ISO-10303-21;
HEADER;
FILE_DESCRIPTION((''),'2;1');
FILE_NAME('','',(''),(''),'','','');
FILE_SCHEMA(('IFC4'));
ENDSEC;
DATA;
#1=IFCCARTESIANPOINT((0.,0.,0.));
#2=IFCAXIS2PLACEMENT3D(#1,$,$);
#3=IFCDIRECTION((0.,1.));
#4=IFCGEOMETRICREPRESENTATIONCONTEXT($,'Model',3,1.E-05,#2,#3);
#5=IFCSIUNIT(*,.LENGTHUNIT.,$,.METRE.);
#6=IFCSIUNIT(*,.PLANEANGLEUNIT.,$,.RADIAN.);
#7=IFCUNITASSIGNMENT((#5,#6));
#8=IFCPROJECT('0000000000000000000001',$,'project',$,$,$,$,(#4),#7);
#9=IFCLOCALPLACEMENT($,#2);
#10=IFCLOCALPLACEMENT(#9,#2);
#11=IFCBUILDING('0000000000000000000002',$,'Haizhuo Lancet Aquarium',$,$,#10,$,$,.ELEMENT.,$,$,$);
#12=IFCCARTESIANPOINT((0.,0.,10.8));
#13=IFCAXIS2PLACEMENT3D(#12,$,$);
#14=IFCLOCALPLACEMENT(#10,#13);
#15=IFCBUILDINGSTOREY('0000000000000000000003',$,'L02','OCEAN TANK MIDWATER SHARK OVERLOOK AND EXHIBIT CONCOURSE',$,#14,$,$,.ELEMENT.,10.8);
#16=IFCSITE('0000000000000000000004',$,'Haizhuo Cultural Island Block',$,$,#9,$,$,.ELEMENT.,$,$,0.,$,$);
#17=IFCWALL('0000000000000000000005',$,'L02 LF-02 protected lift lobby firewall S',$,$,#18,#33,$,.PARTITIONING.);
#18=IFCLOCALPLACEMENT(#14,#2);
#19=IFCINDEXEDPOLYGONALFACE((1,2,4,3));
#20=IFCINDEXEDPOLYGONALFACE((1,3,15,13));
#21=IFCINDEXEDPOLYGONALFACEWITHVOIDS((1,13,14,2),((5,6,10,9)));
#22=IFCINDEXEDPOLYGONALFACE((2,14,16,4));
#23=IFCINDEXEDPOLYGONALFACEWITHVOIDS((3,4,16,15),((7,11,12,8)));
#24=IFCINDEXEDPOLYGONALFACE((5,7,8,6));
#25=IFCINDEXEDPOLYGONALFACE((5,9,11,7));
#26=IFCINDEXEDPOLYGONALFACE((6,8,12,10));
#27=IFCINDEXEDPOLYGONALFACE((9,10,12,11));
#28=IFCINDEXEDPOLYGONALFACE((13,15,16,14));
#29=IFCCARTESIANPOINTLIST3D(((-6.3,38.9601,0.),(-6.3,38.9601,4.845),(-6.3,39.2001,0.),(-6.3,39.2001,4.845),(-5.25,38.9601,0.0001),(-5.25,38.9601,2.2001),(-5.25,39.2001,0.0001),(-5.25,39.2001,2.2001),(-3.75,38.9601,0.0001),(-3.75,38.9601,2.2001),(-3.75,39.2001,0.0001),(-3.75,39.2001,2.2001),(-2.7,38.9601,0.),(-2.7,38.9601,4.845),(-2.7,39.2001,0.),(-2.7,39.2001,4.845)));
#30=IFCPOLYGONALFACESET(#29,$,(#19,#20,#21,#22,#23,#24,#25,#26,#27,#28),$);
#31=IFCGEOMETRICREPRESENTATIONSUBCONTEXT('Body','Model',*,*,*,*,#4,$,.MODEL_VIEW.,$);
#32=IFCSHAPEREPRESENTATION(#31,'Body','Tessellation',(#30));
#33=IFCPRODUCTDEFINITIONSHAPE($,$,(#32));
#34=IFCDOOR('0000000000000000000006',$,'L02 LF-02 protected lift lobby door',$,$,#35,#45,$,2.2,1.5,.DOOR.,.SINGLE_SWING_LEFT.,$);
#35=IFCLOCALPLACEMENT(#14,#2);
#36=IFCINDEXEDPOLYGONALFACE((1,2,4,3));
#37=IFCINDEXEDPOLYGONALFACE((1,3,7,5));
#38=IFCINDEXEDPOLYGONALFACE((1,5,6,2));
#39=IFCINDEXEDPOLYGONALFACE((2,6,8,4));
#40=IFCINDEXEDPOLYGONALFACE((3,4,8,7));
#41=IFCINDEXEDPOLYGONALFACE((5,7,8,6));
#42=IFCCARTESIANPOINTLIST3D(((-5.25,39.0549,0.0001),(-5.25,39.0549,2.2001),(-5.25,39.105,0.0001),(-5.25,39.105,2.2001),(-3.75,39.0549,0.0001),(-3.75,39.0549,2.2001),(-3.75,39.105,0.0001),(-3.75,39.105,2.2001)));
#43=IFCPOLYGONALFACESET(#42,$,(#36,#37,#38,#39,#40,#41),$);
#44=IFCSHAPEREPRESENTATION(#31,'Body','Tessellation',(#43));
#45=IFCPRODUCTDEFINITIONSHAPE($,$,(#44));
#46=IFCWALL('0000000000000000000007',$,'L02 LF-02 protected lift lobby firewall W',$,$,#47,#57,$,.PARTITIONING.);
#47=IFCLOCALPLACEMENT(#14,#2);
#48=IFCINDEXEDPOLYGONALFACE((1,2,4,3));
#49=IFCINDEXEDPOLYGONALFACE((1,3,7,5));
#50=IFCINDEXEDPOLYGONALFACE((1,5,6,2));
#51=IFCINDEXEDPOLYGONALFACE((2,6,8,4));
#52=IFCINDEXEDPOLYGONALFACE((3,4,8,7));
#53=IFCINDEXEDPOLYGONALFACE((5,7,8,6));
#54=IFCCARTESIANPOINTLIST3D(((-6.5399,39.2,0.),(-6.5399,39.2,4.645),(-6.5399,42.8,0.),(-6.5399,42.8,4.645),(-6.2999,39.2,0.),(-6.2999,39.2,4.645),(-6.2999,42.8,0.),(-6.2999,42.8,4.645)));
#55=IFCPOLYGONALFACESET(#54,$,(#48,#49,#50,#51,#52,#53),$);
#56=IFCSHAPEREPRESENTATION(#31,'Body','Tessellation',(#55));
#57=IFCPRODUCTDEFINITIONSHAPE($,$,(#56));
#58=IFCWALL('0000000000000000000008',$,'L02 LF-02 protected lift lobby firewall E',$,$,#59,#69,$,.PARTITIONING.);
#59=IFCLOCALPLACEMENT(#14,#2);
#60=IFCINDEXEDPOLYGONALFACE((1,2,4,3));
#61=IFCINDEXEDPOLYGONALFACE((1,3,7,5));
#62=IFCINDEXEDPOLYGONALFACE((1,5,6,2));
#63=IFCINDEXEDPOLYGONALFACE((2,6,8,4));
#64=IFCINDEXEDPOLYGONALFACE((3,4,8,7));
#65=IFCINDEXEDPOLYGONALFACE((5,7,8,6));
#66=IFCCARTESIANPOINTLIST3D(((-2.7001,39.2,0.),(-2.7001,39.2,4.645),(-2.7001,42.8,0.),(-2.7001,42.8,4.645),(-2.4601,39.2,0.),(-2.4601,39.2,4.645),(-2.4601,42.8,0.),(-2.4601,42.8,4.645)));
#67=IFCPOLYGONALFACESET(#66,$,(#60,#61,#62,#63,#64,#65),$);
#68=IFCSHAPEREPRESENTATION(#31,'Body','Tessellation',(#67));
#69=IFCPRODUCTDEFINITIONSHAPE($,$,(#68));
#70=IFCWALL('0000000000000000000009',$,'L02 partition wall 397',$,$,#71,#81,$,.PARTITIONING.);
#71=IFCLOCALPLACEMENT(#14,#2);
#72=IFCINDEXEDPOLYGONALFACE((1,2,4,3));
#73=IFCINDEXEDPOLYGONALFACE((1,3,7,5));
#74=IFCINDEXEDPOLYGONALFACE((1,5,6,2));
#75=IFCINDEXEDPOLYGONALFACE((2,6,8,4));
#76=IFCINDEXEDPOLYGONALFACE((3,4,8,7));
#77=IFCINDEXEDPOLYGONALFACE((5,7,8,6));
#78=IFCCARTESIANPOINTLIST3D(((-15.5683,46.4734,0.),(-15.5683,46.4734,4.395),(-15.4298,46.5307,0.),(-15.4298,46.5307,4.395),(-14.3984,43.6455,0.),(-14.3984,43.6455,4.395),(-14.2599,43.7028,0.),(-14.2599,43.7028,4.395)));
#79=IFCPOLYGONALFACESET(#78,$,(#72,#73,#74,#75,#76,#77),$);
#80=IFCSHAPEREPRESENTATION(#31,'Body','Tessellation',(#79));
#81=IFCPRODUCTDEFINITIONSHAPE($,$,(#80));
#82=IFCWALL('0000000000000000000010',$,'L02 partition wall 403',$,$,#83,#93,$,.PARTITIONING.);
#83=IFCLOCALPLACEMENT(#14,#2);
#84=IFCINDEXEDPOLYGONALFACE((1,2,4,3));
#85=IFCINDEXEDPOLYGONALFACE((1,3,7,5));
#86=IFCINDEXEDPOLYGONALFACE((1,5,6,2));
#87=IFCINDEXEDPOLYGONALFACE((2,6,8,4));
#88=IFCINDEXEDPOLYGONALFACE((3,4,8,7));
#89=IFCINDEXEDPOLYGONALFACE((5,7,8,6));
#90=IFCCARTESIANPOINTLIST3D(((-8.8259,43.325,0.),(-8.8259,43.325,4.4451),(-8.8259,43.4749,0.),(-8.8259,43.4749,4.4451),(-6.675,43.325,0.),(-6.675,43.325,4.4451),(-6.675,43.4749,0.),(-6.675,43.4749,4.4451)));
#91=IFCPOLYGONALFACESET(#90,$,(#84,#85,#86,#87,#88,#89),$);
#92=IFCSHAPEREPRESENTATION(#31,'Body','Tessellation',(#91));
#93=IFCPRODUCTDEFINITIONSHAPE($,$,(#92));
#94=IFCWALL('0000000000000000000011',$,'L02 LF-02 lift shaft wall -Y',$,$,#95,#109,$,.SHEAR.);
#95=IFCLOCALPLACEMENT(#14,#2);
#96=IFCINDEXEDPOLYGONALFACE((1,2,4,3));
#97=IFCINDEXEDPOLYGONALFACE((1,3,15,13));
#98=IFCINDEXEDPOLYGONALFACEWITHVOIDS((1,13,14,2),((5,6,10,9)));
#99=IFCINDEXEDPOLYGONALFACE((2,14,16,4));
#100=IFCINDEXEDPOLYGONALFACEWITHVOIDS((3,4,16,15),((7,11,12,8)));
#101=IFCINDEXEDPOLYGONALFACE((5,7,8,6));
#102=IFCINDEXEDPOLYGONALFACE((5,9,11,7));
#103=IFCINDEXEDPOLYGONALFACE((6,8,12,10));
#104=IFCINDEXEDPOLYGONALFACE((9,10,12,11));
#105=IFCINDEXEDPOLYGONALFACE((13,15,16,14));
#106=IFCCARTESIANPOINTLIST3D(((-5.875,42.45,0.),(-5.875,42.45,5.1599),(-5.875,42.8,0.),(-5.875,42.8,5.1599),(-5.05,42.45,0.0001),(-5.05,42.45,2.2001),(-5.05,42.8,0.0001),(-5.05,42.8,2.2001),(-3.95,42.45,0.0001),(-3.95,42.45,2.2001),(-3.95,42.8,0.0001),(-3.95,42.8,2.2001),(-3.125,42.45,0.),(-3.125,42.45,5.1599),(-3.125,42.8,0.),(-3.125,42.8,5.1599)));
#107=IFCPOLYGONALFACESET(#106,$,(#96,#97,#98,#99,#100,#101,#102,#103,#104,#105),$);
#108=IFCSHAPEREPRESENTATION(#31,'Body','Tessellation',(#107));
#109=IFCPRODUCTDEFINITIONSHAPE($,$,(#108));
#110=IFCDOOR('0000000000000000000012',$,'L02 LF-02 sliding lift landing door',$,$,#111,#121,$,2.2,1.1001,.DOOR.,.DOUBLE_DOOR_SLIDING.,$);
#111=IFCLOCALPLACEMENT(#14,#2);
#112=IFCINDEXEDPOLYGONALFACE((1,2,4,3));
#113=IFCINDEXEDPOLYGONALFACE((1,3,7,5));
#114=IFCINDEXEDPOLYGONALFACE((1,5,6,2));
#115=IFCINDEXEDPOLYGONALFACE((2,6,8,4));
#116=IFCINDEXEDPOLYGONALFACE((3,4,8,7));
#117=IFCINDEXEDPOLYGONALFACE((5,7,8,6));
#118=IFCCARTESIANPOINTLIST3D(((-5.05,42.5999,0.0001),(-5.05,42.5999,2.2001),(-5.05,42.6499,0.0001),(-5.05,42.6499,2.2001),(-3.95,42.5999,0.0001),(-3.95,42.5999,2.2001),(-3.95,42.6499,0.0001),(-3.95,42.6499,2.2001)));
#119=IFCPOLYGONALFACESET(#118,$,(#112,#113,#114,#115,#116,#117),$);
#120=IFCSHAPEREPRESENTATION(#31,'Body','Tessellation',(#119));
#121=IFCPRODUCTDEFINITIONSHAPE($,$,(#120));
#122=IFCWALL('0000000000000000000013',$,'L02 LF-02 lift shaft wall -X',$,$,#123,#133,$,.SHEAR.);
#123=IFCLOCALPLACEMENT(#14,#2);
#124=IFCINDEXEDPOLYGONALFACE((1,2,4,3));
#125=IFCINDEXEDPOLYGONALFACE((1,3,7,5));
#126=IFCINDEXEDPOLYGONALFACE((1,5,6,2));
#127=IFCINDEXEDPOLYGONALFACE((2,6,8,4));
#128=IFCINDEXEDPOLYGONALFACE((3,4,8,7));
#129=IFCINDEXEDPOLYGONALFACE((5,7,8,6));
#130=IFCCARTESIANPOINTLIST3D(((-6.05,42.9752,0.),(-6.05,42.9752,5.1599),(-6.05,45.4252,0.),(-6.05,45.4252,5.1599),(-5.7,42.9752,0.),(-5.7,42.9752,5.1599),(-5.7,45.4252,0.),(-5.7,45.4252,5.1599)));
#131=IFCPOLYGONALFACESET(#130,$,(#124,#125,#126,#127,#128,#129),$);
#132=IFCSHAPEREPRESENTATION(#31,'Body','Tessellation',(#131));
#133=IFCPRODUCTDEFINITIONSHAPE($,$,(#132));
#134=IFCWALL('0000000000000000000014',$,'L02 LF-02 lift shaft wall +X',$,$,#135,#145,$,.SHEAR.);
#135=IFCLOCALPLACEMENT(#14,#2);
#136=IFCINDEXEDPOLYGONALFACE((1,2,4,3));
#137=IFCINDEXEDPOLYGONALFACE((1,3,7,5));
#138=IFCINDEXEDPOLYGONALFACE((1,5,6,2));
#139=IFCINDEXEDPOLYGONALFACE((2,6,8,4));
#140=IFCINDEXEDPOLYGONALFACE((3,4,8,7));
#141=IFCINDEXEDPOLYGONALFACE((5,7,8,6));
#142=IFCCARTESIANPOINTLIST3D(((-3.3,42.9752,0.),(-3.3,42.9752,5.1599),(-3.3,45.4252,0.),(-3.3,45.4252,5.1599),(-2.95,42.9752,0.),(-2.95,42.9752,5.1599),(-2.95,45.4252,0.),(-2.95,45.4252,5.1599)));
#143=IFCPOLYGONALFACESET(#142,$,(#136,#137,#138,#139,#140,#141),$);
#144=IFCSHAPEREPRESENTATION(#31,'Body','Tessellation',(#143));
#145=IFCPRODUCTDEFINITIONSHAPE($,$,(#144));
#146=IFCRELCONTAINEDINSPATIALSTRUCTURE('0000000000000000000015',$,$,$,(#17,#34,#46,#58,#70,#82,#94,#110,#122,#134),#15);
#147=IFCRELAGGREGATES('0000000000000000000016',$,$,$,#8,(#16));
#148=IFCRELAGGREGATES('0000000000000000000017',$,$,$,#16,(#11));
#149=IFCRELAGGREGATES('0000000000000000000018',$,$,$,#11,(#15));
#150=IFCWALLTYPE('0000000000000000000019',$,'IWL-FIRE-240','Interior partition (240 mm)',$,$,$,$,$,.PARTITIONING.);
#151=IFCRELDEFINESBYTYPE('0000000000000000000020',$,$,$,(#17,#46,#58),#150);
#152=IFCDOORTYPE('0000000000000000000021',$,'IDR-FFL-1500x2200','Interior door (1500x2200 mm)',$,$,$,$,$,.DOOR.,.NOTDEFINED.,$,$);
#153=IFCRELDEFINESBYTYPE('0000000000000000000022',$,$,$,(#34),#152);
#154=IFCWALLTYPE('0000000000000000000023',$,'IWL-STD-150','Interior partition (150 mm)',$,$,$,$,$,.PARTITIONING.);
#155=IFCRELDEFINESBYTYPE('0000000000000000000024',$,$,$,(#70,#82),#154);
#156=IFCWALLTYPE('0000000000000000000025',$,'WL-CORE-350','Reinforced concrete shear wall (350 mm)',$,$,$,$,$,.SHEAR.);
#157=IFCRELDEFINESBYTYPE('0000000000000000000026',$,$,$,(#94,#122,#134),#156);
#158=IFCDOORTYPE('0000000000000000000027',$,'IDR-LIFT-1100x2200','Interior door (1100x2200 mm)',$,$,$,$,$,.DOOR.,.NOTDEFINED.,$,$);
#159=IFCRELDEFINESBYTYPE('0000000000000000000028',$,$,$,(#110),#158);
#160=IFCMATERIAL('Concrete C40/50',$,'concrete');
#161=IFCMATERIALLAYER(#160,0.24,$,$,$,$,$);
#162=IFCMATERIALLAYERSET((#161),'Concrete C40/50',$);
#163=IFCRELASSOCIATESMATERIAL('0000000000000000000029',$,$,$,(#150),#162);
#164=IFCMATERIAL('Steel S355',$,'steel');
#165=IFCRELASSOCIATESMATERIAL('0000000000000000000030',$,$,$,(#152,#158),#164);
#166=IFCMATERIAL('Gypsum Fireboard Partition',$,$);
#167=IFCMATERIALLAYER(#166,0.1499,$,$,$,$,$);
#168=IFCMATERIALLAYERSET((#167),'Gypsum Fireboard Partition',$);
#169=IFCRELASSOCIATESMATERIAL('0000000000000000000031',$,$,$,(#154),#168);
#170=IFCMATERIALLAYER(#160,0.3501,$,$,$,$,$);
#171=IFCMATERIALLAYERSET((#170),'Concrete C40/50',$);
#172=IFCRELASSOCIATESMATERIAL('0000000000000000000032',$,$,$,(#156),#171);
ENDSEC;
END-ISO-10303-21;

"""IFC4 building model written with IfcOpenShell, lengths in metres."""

from ifc_helpers import new_model, si_unit, direction, frame, frame_2d, origin, place, context, subcontext, project, spatial, rectangle, extrude, material, layer, layer_set, type_object, element, fill, save


model = new_model("IFC4")

# Units and contexts
model_context = context("Model", 3, precision=1e-05, world=origin(), true_north=direction((0.0, 1.0)))
body_context = subcontext(model_context, "Body", "Model", "MODEL_VIEW")
ifc_project = project(units=[si_unit("LENGTHUNIT", "METRE"), si_unit("PLANEANGLEUNIT", "RADIAN")], contexts=[model_context])

# Site, building, storey
site_placement = place(None, origin())
site = spatial("IfcSite", under=ifc_project, at=site_placement, Name="Haizhuo Cultural Island Block", CompositionType="ELEMENT", RefElevation=0.0)
building_placement = place(site_placement, origin())
building = spatial("IfcBuilding", under=site, at=building_placement, Name="Haizhuo Lancet Aquarium", CompositionType="ELEMENT")
storey_placement = place(building_placement, frame((0.0, 0.0, 10.8)))
storey = spatial("IfcBuildingStorey", under=building, at=storey_placement, Name="L02", Description="OCEAN TANK MIDWATER SHARK OVERLOOK AND EXHIBIT CONCOURSE", CompositionType="ELEMENT", Elevation=10.8)

# Shared definitions
ifc_material_1 = material(Name="Concrete C40/50", Category="concrete")

# Shared definitions
ifc_material_2 = material(Name="Steel S355", Category="steel")

# Wall, opening, door
ifc_layer_1 = layer(ifc_material_1, 0.24)
ifc_layer_set_1 = layer_set([ifc_layer_1], Name="Concrete C40/50")
wall_type_1 = type_object("IfcWallType", Name="IWL-FIRE-240", Description="Interior partition (240 mm)", PredefinedType="PARTITIONING", material=ifc_layer_set_1)
wall_1_placement = place(storey_placement, frame((-6.3, 39.0801, 0.0), z_axis=(0.0, 0.0, 1.0), x_axis=(1.0, 0.0, 0.0)))
wall_1 = element("IfcWall", 1, at=wall_1_placement, inside=storey, type_object=wall_type_1, Name="L02 LF-02 protected lift lobby firewall S", PredefinedType="PARTITIONING", context=body_context, shape_type="SweptSolid", body=[
    extrude(rectangle(XDim=3.6001, YDim=0.24, at=frame_2d((1.8, 0.0))), origin(), (0.0, 0.0, 1.0), 4.845),
])
opening_1_placement = place(wall_1_placement, frame((1.05, 0.0, 0.0)))
opening_1 = element("IfcOpeningElement", 2, at=opening_1_placement, cuts=wall_1, PredefinedType="OPENING", context=body_context, shape_type="SweptSolid", body=[
    extrude(rectangle(XDim=1.5, YDim=2.2, at=frame_2d((0.75, 1.1001))), frame((0.0, 0.1299, 0.0), z_axis=(0.0, -1.0, 0.0), x_axis=(1.0, 0.0, 0.0)), (0.0, 0.0, 1.0), 0.26),
])
door_type_1 = type_object("IfcDoorType", Name="IDR-FFL-1500x2200", Description="Interior door (1500x2200 mm)", OperationType="NOTDEFINED", PredefinedType="DOOR", material=ifc_material_2)
door_1_placement = place(opening_1_placement, origin())
door_1 = element("IfcDoor", 3, at=door_1_placement, inside=storey, type_object=door_type_1, Name="L02 LF-02 protected lift lobby door", OperationType="SINGLE_SWING_LEFT", OverallHeight=2.2, OverallWidth=1.5, PredefinedType="DOOR", context=body_context, shape_type="SweptSolid", body=[
    extrude(rectangle(XDim=1.5, YDim=2.2, at=frame_2d((0.75, 1.1001))), frame((0.0, 0.0249, 0.0), z_axis=(0.0, -1.0, 0.0), x_axis=(1.0, 0.0, 0.0)), (0.0, 0.0, 1.0), 0.05),
])
fill(opening_1, door_1)

# Walls
for number, where, z_axis, x_axis, name in (
    (4, (-6.4199, 39.2, 0.0), (0.0, 0.0, 1.0), (0.0, 1.0, 0.0), "L02 LF-02 protected lift lobby firewall W"),
    (5, (-2.5801, 39.2, 0.0), (0.0, 0.0, 1.0), (0.0, 1.0, 0.0), "L02 LF-02 protected lift lobby firewall E"),
):
    element("IfcWall", number, at=place(storey_placement, frame(where, z_axis=z_axis, x_axis=x_axis)), inside=storey, type_object=wall_type_1, Name=name, PredefinedType="PARTITIONING", context=body_context, shape_type="SweptSolid", body=[
        extrude(rectangle(XDim=3.6001, YDim=0.24, at=frame_2d((1.8, 0.0))), origin(), (0.0, 0.0, 1.0), 4.645),
    ])
ifc_material_3 = material(Name="Gypsum Fireboard Partition")
ifc_layer_2 = layer(ifc_material_3, 0.1499)
ifc_layer_set_2 = layer_set([ifc_layer_2], Name="Gypsum Fireboard Partition")
wall_type_2 = type_object("IfcWallType", Name="IWL-STD-150", Description="Interior partition (150 mm)", PredefinedType="PARTITIONING", material=ifc_layer_set_2)
wall_2_placement = place(storey_placement, frame((-14.3291, 43.6741, 0.0), z_axis=(0.0, 0.0, 1.0), x_axis=(-0.382286, 0.924044, 0.0)))
element("IfcWall", 6, at=wall_2_placement, inside=storey, type_object=wall_type_2, Name="L02 partition wall 397", PredefinedType="PARTITIONING", context=body_context, shape_type="SweptSolid", body=[
    extrude(rectangle(XDim=3.0603, YDim=0.1499, at=frame_2d((1.5303, 0.0))), origin(), (0.0, 0.0, 1.0), 4.395),
])
wall_3_placement = place(storey_placement, frame((-8.8259, 43.3999, 0.0), z_axis=(0.0, 0.0, 1.0), x_axis=(1.0, 0.0, 0.0)))
element("IfcWall", 7, at=wall_3_placement, inside=storey, type_object=wall_type_2, Name="L02 partition wall 403", PredefinedType="PARTITIONING", context=body_context, shape_type="SweptSolid", body=[
    extrude(rectangle(XDim=2.1509, YDim=0.1499, at=frame_2d((1.0754, 0.0))), origin(), (0.0, 0.0, 1.0), 4.4451),
])

# Wall, opening, door
ifc_layer_3 = layer(ifc_material_1, 0.3501)
ifc_layer_set_3 = layer_set([ifc_layer_3], Name="Concrete C40/50")
wall_type_3 = type_object("IfcWallType", Name="WL-CORE-350", Description="Reinforced concrete shear wall (350 mm)", PredefinedType="SHEAR", material=ifc_layer_set_3)
wall_4_placement = place(storey_placement, frame((-5.875, 42.625, 0.0), z_axis=(0.0, 0.0, 1.0), x_axis=(1.0, 0.0, 0.0)))
wall_4 = element("IfcWall", 8, at=wall_4_placement, inside=storey, type_object=wall_type_3, Name="L02 LF-02 lift shaft wall -Y", PredefinedType="SHEAR", context=body_context, shape_type="SweptSolid", body=[
    extrude(rectangle(XDim=2.75, YDim=0.3501, at=frame_2d((1.375, 0.0))), origin(), (0.0, 0.0, 1.0), 5.1599),
])
opening_2_placement = place(wall_4_placement, frame((0.825, 0.0, 0.0)))
opening_2 = element("IfcOpeningElement", 9, at=opening_2_placement, cuts=wall_4, PredefinedType="OPENING", context=body_context, shape_type="SweptSolid", body=[
    extrude(rectangle(XDim=1.1001, YDim=2.2, at=frame_2d((0.55, 1.1001))), frame((0.0, 0.1851, 0.0), z_axis=(0.0, -1.0, 0.0), x_axis=(1.0, 0.0, 0.0)), (0.0, 0.0, 1.0), 0.3701),
])
door_type_2 = type_object("IfcDoorType", Name="IDR-LIFT-1100x2200", Description="Interior door (1100x2200 mm)", OperationType="NOTDEFINED", PredefinedType="DOOR", material=ifc_material_2)
door_2_placement = place(opening_2_placement, origin())
door_2 = element("IfcDoor", 10, at=door_2_placement, inside=storey, type_object=door_type_2, Name="L02 LF-02 sliding lift landing door", OperationType="DOUBLE_DOOR_SLIDING", OverallHeight=2.2, OverallWidth=1.1001, PredefinedType="DOOR", context=body_context, shape_type="SweptSolid", body=[
    extrude(rectangle(XDim=1.1001, YDim=2.2, at=frame_2d((0.55, 1.1001))), frame((0.0, 0.0249, 0.0), z_axis=(0.0, -1.0, 0.0), x_axis=(1.0, 0.0, 0.0)), (0.0, 0.0, 1.0), 0.05),
])
fill(opening_2, door_2)

# Walls
for number, where, z_axis, x_axis, name in (
    (11, (-5.875, 42.9751, 0.0), (0.0, 0.0, 1.0), (0.0, 1.0, 0.0), "L02 LF-02 lift shaft wall -X"),
    (12, (-3.125, 42.9751, 0.0), (0.0, 0.0, 1.0), (0.0, 1.0, 0.0), "L02 LF-02 lift shaft wall +X"),
):
    element("IfcWall", number, at=place(storey_placement, frame(where, z_axis=z_axis, x_axis=x_axis)), inside=storey, type_object=wall_type_3, Name=name, PredefinedType="SHEAR", context=body_context, shape_type="SweptSolid", body=[
        extrude(rectangle(XDim=2.45, YDim=0.3501, at=frame_2d((1.2251, 0.0))), origin(), (0.0, 0.0, 1.0), 5.1599),
    ])

save(model, "model.ifc")
